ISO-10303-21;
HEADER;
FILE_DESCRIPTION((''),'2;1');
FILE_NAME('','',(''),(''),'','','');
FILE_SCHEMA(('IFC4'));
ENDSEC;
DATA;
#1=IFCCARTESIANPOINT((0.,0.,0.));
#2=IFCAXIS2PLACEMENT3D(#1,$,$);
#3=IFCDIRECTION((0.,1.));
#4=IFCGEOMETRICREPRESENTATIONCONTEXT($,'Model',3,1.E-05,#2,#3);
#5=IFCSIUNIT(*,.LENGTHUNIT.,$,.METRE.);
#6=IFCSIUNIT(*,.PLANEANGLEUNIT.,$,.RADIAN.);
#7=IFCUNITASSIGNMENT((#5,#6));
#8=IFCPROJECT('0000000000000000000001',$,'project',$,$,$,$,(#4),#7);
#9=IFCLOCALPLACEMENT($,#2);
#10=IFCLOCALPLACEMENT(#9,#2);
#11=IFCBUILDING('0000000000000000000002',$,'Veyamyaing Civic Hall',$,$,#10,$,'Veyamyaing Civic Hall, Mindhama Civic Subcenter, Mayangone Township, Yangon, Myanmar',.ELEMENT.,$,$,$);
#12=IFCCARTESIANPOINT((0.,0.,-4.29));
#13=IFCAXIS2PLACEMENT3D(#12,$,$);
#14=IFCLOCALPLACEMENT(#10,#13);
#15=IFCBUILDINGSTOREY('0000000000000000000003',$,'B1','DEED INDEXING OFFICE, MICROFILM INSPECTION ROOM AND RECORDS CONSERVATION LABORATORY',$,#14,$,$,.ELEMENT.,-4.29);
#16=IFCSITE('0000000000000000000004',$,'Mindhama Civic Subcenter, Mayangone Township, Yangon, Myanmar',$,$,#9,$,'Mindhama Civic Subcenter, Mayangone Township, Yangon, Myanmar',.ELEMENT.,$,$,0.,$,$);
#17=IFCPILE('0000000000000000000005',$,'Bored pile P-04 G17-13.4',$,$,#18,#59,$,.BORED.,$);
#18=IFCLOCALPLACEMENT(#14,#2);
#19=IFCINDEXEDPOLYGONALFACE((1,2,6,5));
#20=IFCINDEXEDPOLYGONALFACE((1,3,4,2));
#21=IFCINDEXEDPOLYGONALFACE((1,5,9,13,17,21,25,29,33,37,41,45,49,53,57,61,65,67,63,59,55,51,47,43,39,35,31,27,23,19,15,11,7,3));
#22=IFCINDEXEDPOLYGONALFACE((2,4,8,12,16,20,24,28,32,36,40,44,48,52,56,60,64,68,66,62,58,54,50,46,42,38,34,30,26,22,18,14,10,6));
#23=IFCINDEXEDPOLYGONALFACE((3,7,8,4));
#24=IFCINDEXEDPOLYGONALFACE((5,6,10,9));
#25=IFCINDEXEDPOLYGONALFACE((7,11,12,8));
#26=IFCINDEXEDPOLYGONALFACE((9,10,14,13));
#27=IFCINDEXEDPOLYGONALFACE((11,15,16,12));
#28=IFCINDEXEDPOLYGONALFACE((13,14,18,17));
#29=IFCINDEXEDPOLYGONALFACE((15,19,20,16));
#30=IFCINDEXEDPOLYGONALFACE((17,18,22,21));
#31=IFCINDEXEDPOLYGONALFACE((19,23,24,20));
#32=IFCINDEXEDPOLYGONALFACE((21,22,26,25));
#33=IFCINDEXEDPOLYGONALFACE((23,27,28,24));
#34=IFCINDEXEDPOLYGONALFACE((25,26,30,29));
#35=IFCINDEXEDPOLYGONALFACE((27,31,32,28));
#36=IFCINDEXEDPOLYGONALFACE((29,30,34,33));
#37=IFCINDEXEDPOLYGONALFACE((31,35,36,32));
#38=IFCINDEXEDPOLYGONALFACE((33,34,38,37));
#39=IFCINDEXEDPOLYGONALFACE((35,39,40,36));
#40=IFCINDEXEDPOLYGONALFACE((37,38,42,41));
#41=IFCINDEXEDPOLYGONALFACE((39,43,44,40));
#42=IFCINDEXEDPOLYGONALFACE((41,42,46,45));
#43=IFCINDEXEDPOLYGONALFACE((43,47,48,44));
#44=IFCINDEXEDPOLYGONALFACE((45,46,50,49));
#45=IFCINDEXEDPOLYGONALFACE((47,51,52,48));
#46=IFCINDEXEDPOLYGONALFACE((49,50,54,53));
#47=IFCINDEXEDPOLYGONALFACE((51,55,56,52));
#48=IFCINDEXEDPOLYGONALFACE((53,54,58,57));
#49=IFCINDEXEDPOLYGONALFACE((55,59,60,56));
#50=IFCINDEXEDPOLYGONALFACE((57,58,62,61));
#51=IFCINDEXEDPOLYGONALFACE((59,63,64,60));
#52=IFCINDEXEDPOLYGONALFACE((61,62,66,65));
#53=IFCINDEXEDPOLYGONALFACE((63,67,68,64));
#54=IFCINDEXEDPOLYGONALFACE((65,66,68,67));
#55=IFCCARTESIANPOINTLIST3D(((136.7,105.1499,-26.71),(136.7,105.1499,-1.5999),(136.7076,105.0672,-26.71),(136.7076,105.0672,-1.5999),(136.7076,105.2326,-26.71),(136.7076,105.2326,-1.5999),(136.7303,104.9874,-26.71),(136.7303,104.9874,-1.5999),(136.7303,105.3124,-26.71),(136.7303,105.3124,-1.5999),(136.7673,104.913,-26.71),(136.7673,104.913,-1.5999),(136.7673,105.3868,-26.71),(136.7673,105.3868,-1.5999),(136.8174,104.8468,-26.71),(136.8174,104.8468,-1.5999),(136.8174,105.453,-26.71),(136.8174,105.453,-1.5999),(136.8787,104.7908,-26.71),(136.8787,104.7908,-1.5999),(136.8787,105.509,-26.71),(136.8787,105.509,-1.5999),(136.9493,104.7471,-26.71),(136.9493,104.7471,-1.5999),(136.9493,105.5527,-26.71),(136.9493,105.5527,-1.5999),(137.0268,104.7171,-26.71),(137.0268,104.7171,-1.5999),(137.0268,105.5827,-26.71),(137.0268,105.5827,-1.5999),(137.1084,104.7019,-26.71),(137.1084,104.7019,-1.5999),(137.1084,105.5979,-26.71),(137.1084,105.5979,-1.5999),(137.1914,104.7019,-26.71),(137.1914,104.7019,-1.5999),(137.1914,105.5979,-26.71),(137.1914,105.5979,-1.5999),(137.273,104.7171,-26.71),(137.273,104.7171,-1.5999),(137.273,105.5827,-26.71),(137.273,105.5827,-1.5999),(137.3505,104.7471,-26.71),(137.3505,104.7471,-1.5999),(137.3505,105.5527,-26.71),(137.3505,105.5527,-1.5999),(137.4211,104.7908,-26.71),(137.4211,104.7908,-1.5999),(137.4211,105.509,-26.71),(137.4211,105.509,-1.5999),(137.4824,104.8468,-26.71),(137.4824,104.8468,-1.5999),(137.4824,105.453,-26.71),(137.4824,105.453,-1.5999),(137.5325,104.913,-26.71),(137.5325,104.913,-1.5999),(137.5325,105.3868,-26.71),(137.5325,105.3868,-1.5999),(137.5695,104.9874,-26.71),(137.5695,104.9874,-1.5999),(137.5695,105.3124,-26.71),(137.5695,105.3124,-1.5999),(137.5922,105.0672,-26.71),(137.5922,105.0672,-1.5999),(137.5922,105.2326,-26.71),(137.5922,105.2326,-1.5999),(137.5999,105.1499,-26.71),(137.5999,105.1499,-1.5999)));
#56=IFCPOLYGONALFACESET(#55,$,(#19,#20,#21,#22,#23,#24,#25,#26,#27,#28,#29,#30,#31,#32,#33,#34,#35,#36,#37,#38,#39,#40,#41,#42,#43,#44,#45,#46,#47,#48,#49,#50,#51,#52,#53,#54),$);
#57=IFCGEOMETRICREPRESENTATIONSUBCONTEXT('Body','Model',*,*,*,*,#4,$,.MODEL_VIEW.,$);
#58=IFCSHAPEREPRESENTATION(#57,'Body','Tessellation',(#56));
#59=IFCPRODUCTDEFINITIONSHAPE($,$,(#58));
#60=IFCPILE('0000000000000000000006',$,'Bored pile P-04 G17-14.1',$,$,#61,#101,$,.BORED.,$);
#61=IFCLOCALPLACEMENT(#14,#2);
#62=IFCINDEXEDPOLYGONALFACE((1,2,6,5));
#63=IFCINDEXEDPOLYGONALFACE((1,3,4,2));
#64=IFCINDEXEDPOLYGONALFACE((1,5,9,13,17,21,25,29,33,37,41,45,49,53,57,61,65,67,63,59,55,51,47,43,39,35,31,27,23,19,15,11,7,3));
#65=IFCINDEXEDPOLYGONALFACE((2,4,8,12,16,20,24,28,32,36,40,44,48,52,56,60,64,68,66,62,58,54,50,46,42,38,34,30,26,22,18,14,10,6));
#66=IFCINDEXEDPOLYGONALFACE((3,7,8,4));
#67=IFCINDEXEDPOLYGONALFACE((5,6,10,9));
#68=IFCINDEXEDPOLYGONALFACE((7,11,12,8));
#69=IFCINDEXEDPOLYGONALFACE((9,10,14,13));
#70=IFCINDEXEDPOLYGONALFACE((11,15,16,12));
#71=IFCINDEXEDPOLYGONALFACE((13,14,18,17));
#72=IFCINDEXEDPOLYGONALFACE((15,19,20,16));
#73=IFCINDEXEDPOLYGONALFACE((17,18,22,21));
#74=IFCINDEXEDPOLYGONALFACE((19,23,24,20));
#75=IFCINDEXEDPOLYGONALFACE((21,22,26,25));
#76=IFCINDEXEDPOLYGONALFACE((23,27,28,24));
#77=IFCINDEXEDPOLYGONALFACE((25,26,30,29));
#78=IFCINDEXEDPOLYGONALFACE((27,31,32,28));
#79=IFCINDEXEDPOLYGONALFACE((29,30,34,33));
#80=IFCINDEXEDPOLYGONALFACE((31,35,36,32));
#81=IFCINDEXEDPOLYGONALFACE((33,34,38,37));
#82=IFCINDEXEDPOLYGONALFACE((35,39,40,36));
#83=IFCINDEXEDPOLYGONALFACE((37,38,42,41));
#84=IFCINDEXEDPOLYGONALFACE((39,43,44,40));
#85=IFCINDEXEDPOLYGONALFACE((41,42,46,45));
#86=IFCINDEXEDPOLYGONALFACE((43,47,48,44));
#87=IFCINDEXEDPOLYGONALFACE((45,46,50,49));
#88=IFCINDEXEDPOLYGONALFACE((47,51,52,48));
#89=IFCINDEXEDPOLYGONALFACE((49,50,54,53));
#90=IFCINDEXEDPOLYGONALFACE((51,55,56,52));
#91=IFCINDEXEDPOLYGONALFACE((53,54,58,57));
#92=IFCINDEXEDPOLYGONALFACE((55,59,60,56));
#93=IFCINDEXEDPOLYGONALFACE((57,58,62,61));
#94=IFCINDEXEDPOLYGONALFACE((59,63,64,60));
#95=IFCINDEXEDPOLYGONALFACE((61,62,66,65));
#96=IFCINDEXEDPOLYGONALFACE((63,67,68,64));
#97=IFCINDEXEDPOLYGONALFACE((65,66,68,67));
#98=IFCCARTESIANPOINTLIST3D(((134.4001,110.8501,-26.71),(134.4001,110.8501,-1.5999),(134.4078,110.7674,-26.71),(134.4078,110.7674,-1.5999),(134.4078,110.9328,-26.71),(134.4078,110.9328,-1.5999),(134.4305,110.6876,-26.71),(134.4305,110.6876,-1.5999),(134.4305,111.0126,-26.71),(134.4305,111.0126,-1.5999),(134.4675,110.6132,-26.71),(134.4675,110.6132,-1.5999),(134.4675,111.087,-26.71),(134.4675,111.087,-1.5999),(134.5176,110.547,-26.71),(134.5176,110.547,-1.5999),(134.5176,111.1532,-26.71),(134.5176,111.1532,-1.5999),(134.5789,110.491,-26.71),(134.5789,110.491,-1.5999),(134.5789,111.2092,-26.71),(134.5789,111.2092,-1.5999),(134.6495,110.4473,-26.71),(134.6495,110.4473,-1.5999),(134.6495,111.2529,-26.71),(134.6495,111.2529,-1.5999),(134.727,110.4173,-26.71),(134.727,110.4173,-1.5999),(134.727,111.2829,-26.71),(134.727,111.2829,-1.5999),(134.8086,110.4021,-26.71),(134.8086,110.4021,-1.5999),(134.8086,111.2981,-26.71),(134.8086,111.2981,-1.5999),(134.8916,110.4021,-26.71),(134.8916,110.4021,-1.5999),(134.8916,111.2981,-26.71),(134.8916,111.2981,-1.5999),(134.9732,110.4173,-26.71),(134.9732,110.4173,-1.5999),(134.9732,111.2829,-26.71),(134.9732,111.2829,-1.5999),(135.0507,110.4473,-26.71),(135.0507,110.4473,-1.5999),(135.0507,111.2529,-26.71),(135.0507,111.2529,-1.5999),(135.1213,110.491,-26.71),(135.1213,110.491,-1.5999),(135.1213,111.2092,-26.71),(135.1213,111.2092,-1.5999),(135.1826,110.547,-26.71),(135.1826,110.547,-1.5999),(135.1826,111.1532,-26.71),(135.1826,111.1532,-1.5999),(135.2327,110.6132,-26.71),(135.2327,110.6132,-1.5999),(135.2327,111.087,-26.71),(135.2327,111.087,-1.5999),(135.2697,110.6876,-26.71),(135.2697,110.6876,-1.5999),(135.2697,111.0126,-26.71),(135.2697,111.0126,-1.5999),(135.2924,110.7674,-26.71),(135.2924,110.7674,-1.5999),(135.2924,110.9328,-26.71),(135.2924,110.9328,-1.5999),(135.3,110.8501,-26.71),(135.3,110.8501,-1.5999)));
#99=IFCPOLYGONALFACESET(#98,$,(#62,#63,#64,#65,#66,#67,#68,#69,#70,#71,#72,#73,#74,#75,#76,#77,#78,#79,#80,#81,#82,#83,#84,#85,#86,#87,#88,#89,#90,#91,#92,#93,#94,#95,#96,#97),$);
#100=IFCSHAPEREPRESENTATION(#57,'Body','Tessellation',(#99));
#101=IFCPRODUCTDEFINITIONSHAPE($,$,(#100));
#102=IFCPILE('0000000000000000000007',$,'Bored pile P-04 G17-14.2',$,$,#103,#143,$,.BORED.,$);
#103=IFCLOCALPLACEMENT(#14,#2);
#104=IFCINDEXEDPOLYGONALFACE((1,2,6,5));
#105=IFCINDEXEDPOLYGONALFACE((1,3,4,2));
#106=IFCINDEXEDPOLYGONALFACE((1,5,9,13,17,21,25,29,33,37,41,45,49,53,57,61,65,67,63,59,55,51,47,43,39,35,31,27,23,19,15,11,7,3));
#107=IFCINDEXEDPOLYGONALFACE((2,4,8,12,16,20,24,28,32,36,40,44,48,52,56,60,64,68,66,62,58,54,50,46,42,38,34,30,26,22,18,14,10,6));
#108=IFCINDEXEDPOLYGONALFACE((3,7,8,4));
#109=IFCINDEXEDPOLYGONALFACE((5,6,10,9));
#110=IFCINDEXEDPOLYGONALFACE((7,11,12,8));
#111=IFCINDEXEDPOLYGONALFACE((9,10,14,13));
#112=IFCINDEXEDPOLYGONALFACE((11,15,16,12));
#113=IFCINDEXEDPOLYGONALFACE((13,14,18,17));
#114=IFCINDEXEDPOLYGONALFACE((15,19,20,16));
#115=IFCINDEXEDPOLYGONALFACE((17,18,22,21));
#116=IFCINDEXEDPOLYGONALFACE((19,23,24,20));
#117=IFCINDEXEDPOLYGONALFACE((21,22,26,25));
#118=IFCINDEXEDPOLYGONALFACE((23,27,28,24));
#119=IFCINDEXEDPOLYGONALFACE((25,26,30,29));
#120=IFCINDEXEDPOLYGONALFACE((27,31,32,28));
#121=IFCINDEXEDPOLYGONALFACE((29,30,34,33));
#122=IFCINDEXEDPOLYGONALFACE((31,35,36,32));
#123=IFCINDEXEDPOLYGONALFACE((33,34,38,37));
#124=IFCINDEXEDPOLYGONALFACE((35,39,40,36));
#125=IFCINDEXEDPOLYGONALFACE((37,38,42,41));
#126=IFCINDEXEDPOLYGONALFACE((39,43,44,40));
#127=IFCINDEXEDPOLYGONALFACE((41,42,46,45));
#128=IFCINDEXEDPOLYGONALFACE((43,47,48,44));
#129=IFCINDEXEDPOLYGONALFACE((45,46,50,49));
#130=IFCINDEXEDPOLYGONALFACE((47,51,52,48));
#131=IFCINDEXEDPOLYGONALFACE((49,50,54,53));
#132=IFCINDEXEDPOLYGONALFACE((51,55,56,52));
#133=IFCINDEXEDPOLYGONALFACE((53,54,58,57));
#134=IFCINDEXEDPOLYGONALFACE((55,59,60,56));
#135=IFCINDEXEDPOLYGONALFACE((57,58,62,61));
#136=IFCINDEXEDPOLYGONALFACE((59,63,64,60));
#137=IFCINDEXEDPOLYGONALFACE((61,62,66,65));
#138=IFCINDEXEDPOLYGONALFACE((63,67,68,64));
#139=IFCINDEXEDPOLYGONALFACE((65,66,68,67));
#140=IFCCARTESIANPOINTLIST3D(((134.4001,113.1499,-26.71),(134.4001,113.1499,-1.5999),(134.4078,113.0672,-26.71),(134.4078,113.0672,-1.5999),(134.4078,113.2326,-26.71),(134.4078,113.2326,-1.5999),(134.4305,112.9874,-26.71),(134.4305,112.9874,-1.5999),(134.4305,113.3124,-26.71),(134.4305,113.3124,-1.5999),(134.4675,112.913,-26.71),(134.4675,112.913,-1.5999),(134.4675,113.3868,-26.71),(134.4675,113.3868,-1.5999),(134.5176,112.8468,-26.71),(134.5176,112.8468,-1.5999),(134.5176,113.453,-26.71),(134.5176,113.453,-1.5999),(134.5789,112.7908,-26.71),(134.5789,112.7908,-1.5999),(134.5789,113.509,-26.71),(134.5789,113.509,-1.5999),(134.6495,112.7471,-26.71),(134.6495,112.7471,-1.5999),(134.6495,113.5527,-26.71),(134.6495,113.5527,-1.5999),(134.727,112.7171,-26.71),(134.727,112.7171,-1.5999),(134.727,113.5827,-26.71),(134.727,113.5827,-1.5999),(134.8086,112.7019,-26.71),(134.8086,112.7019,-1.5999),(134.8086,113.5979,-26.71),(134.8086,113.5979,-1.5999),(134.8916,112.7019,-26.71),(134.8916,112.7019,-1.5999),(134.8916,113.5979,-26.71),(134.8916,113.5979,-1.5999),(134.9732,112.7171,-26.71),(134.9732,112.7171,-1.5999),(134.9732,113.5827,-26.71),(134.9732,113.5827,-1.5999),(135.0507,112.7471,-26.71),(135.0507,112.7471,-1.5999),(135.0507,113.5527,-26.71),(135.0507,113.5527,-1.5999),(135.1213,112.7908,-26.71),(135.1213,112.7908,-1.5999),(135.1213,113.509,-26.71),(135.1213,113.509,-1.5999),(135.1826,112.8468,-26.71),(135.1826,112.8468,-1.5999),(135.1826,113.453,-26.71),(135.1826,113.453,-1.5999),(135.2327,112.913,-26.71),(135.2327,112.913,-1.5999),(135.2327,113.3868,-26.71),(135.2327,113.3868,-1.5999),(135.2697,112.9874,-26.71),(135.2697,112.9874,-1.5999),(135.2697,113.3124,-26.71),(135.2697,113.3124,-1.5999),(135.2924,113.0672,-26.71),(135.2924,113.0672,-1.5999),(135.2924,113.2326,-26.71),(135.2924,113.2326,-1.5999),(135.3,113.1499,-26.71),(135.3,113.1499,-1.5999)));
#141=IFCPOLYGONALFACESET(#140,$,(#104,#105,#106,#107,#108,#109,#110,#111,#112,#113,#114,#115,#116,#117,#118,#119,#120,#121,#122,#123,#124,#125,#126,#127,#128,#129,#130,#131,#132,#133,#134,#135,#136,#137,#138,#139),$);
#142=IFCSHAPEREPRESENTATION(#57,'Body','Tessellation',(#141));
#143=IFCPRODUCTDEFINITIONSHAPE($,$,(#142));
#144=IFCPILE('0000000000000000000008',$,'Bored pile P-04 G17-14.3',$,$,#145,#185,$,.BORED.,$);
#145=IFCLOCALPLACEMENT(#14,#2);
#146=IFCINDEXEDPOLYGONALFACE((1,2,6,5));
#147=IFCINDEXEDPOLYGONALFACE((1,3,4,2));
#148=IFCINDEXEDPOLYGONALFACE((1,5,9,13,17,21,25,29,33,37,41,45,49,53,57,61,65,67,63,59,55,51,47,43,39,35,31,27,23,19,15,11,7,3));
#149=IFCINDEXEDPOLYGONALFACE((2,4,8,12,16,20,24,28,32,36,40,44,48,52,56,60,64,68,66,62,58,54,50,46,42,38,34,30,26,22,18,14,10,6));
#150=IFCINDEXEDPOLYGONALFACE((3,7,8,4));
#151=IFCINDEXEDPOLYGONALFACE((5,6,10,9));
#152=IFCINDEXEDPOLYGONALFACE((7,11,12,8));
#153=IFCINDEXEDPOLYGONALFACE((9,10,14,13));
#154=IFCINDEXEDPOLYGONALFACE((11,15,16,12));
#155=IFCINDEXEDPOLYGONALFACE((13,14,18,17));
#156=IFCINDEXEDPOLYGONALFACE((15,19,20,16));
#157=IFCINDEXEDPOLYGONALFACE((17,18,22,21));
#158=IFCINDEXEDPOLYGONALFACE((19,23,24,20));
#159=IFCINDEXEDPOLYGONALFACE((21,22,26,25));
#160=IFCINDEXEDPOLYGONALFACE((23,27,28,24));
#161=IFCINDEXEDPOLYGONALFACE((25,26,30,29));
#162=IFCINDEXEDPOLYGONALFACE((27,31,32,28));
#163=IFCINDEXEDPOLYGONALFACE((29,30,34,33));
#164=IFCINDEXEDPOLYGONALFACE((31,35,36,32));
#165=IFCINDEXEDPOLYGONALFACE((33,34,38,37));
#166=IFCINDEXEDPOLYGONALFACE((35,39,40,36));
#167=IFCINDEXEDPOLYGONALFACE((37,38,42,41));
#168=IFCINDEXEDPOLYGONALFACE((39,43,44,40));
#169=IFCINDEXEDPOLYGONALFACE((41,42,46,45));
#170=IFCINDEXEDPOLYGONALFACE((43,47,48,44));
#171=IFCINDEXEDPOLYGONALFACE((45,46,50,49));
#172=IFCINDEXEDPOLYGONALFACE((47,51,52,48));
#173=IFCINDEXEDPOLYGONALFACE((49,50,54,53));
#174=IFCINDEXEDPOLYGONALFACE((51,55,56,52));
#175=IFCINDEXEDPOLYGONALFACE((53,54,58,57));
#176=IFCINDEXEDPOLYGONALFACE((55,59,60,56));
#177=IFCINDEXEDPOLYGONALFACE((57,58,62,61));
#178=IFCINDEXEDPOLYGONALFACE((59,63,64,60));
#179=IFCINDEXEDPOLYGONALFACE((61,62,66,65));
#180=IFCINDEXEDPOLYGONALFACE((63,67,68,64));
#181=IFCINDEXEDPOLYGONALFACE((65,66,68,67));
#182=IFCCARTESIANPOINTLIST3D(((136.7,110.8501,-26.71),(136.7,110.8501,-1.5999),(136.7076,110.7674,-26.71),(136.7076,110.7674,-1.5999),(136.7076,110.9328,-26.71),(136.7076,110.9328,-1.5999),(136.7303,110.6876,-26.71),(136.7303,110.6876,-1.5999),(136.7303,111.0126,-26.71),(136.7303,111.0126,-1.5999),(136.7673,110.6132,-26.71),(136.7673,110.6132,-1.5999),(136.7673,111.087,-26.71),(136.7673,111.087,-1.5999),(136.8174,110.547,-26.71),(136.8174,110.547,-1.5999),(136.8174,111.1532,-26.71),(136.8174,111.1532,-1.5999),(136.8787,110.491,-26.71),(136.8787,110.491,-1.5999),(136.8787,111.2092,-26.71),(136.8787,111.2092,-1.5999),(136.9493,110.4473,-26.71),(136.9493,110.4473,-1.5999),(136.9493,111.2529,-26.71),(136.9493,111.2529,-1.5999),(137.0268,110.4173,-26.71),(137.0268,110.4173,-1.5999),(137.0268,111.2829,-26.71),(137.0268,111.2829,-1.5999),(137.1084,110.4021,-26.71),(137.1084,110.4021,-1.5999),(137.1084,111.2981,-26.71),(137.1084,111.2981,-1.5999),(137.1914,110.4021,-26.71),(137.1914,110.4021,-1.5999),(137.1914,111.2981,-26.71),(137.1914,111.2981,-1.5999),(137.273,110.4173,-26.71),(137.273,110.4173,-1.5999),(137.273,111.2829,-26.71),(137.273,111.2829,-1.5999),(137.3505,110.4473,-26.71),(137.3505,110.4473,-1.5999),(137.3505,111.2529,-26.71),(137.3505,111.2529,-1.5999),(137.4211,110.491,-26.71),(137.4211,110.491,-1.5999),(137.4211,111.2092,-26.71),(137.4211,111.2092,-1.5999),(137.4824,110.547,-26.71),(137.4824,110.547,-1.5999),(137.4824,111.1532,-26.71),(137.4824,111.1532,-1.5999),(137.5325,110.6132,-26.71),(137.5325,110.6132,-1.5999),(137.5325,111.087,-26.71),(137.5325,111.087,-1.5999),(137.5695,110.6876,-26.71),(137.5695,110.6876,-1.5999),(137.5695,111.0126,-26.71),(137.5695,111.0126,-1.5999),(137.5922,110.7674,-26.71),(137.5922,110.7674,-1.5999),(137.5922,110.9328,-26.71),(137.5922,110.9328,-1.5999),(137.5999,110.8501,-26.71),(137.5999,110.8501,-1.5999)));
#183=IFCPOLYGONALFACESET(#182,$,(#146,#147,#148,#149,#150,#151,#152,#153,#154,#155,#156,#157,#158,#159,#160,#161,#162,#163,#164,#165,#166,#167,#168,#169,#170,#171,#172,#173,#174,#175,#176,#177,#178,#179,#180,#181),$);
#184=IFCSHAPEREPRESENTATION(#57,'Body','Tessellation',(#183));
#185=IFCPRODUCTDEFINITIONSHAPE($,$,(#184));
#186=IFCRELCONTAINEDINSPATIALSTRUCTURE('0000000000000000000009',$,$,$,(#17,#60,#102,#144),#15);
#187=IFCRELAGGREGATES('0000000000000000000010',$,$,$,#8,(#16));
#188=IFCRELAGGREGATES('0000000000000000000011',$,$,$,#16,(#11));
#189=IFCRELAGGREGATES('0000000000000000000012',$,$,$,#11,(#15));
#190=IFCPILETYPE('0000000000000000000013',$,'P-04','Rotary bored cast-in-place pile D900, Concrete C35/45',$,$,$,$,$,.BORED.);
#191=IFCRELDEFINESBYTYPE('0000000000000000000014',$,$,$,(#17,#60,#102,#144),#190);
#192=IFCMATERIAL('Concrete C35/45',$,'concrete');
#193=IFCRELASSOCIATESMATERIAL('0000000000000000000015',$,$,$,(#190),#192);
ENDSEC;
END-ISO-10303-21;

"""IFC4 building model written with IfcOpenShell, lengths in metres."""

from ifc_helpers import new_model, si_unit, direction, frame, origin, origin_2d, place, context, subcontext, project, spatial, circle, extrude, material, material_profile, profile_set, type_object, element, save


model = new_model("IFC4")

# Units and contexts
model_context = context("Model", 3, precision=1e-05, world=origin(), true_north=direction((0.0, 1.0)))
body_context = subcontext(model_context, "Body", "Model", "MODEL_VIEW")
ifc_project = project(units=[si_unit("LENGTHUNIT", "METRE"), si_unit("PLANEANGLEUNIT", "RADIAN")], contexts=[model_context])

# Site, building, storey
site_placement = place(None, origin())
site = spatial("IfcSite", under=ifc_project, at=site_placement, Name="Mindhama Civic Subcenter, Mayangone Township, Yangon, Myanmar", LongName="Mindhama Civic Subcenter, Mayangone Township, Yangon, Myanmar", CompositionType="ELEMENT", RefElevation=0.0)
building_placement = place(site_placement, origin())
building = spatial("IfcBuilding", under=site, at=building_placement, Name="Veyamyaing Civic Hall", LongName="Veyamyaing Civic Hall, Mindhama Civic Subcenter, Mayangone Township, Yangon, Myanmar", CompositionType="ELEMENT")
storey_placement = place(building_placement, frame((0.0, 0.0, -4.29)))
storey = spatial("IfcBuildingStorey", under=building, at=storey_placement, Name="B1", Description="DEED INDEXING OFFICE, MICROFILM INSPECTION ROOM AND RECORDS CONSERVATION LABORATORY", CompositionType="ELEMENT", Elevation=-4.29)

# Piles
ifc_material_1 = material(Name="Concrete C35/45", Category="concrete")
ifc_material_profile_1 = material_profile(ifc_material_1, circle(Radius=0.45, at=origin_2d()), Name="PILE-D900")
ifc_profile_set_1 = profile_set([ifc_material_profile_1], Name="Concrete C35/45")
pile_type = type_object("IfcPileType", Name="P-04", Description="Rotary bored cast-in-place pile D900, Concrete C35/45", PredefinedType="BORED", material=ifc_profile_set_1)
for number, where, z_axis, x_axis, name in (
    (1, (137.1499, 105.1499, -1.5999), (0.0, 0.0, -1.0), (1.0, 0.0, 0.0), "Bored pile P-04 G17-13.4"),
    (2, (134.8501, 110.8501, -1.5999), (0.0, 0.0, -1.0), (1.0, 0.0, 0.0), "Bored pile P-04 G17-14.1"),
    (3, (134.8501, 113.1499, -1.5999), (0.0, 0.0, -1.0), (1.0, 0.0, 0.0), "Bored pile P-04 G17-14.2"),
    (4, (137.1499, 110.8501, -1.5999), (0.0, 0.0, -1.0), (1.0, 0.0, 0.0), "Bored pile P-04 G17-14.3"),
):
    element("IfcPile", number, at=place(storey_placement, frame(where, z_axis=z_axis, x_axis=x_axis)), inside=storey, type_object=pile_type, Name=name, PredefinedType="BORED", context=body_context, shape_type="SweptSolid", body=[
        extrude(circle(Radius=0.45, at=origin_2d()), origin(), (0.0, 0.0, 1.0), 25.1101),
    ])

save(model, "model.ifc")
